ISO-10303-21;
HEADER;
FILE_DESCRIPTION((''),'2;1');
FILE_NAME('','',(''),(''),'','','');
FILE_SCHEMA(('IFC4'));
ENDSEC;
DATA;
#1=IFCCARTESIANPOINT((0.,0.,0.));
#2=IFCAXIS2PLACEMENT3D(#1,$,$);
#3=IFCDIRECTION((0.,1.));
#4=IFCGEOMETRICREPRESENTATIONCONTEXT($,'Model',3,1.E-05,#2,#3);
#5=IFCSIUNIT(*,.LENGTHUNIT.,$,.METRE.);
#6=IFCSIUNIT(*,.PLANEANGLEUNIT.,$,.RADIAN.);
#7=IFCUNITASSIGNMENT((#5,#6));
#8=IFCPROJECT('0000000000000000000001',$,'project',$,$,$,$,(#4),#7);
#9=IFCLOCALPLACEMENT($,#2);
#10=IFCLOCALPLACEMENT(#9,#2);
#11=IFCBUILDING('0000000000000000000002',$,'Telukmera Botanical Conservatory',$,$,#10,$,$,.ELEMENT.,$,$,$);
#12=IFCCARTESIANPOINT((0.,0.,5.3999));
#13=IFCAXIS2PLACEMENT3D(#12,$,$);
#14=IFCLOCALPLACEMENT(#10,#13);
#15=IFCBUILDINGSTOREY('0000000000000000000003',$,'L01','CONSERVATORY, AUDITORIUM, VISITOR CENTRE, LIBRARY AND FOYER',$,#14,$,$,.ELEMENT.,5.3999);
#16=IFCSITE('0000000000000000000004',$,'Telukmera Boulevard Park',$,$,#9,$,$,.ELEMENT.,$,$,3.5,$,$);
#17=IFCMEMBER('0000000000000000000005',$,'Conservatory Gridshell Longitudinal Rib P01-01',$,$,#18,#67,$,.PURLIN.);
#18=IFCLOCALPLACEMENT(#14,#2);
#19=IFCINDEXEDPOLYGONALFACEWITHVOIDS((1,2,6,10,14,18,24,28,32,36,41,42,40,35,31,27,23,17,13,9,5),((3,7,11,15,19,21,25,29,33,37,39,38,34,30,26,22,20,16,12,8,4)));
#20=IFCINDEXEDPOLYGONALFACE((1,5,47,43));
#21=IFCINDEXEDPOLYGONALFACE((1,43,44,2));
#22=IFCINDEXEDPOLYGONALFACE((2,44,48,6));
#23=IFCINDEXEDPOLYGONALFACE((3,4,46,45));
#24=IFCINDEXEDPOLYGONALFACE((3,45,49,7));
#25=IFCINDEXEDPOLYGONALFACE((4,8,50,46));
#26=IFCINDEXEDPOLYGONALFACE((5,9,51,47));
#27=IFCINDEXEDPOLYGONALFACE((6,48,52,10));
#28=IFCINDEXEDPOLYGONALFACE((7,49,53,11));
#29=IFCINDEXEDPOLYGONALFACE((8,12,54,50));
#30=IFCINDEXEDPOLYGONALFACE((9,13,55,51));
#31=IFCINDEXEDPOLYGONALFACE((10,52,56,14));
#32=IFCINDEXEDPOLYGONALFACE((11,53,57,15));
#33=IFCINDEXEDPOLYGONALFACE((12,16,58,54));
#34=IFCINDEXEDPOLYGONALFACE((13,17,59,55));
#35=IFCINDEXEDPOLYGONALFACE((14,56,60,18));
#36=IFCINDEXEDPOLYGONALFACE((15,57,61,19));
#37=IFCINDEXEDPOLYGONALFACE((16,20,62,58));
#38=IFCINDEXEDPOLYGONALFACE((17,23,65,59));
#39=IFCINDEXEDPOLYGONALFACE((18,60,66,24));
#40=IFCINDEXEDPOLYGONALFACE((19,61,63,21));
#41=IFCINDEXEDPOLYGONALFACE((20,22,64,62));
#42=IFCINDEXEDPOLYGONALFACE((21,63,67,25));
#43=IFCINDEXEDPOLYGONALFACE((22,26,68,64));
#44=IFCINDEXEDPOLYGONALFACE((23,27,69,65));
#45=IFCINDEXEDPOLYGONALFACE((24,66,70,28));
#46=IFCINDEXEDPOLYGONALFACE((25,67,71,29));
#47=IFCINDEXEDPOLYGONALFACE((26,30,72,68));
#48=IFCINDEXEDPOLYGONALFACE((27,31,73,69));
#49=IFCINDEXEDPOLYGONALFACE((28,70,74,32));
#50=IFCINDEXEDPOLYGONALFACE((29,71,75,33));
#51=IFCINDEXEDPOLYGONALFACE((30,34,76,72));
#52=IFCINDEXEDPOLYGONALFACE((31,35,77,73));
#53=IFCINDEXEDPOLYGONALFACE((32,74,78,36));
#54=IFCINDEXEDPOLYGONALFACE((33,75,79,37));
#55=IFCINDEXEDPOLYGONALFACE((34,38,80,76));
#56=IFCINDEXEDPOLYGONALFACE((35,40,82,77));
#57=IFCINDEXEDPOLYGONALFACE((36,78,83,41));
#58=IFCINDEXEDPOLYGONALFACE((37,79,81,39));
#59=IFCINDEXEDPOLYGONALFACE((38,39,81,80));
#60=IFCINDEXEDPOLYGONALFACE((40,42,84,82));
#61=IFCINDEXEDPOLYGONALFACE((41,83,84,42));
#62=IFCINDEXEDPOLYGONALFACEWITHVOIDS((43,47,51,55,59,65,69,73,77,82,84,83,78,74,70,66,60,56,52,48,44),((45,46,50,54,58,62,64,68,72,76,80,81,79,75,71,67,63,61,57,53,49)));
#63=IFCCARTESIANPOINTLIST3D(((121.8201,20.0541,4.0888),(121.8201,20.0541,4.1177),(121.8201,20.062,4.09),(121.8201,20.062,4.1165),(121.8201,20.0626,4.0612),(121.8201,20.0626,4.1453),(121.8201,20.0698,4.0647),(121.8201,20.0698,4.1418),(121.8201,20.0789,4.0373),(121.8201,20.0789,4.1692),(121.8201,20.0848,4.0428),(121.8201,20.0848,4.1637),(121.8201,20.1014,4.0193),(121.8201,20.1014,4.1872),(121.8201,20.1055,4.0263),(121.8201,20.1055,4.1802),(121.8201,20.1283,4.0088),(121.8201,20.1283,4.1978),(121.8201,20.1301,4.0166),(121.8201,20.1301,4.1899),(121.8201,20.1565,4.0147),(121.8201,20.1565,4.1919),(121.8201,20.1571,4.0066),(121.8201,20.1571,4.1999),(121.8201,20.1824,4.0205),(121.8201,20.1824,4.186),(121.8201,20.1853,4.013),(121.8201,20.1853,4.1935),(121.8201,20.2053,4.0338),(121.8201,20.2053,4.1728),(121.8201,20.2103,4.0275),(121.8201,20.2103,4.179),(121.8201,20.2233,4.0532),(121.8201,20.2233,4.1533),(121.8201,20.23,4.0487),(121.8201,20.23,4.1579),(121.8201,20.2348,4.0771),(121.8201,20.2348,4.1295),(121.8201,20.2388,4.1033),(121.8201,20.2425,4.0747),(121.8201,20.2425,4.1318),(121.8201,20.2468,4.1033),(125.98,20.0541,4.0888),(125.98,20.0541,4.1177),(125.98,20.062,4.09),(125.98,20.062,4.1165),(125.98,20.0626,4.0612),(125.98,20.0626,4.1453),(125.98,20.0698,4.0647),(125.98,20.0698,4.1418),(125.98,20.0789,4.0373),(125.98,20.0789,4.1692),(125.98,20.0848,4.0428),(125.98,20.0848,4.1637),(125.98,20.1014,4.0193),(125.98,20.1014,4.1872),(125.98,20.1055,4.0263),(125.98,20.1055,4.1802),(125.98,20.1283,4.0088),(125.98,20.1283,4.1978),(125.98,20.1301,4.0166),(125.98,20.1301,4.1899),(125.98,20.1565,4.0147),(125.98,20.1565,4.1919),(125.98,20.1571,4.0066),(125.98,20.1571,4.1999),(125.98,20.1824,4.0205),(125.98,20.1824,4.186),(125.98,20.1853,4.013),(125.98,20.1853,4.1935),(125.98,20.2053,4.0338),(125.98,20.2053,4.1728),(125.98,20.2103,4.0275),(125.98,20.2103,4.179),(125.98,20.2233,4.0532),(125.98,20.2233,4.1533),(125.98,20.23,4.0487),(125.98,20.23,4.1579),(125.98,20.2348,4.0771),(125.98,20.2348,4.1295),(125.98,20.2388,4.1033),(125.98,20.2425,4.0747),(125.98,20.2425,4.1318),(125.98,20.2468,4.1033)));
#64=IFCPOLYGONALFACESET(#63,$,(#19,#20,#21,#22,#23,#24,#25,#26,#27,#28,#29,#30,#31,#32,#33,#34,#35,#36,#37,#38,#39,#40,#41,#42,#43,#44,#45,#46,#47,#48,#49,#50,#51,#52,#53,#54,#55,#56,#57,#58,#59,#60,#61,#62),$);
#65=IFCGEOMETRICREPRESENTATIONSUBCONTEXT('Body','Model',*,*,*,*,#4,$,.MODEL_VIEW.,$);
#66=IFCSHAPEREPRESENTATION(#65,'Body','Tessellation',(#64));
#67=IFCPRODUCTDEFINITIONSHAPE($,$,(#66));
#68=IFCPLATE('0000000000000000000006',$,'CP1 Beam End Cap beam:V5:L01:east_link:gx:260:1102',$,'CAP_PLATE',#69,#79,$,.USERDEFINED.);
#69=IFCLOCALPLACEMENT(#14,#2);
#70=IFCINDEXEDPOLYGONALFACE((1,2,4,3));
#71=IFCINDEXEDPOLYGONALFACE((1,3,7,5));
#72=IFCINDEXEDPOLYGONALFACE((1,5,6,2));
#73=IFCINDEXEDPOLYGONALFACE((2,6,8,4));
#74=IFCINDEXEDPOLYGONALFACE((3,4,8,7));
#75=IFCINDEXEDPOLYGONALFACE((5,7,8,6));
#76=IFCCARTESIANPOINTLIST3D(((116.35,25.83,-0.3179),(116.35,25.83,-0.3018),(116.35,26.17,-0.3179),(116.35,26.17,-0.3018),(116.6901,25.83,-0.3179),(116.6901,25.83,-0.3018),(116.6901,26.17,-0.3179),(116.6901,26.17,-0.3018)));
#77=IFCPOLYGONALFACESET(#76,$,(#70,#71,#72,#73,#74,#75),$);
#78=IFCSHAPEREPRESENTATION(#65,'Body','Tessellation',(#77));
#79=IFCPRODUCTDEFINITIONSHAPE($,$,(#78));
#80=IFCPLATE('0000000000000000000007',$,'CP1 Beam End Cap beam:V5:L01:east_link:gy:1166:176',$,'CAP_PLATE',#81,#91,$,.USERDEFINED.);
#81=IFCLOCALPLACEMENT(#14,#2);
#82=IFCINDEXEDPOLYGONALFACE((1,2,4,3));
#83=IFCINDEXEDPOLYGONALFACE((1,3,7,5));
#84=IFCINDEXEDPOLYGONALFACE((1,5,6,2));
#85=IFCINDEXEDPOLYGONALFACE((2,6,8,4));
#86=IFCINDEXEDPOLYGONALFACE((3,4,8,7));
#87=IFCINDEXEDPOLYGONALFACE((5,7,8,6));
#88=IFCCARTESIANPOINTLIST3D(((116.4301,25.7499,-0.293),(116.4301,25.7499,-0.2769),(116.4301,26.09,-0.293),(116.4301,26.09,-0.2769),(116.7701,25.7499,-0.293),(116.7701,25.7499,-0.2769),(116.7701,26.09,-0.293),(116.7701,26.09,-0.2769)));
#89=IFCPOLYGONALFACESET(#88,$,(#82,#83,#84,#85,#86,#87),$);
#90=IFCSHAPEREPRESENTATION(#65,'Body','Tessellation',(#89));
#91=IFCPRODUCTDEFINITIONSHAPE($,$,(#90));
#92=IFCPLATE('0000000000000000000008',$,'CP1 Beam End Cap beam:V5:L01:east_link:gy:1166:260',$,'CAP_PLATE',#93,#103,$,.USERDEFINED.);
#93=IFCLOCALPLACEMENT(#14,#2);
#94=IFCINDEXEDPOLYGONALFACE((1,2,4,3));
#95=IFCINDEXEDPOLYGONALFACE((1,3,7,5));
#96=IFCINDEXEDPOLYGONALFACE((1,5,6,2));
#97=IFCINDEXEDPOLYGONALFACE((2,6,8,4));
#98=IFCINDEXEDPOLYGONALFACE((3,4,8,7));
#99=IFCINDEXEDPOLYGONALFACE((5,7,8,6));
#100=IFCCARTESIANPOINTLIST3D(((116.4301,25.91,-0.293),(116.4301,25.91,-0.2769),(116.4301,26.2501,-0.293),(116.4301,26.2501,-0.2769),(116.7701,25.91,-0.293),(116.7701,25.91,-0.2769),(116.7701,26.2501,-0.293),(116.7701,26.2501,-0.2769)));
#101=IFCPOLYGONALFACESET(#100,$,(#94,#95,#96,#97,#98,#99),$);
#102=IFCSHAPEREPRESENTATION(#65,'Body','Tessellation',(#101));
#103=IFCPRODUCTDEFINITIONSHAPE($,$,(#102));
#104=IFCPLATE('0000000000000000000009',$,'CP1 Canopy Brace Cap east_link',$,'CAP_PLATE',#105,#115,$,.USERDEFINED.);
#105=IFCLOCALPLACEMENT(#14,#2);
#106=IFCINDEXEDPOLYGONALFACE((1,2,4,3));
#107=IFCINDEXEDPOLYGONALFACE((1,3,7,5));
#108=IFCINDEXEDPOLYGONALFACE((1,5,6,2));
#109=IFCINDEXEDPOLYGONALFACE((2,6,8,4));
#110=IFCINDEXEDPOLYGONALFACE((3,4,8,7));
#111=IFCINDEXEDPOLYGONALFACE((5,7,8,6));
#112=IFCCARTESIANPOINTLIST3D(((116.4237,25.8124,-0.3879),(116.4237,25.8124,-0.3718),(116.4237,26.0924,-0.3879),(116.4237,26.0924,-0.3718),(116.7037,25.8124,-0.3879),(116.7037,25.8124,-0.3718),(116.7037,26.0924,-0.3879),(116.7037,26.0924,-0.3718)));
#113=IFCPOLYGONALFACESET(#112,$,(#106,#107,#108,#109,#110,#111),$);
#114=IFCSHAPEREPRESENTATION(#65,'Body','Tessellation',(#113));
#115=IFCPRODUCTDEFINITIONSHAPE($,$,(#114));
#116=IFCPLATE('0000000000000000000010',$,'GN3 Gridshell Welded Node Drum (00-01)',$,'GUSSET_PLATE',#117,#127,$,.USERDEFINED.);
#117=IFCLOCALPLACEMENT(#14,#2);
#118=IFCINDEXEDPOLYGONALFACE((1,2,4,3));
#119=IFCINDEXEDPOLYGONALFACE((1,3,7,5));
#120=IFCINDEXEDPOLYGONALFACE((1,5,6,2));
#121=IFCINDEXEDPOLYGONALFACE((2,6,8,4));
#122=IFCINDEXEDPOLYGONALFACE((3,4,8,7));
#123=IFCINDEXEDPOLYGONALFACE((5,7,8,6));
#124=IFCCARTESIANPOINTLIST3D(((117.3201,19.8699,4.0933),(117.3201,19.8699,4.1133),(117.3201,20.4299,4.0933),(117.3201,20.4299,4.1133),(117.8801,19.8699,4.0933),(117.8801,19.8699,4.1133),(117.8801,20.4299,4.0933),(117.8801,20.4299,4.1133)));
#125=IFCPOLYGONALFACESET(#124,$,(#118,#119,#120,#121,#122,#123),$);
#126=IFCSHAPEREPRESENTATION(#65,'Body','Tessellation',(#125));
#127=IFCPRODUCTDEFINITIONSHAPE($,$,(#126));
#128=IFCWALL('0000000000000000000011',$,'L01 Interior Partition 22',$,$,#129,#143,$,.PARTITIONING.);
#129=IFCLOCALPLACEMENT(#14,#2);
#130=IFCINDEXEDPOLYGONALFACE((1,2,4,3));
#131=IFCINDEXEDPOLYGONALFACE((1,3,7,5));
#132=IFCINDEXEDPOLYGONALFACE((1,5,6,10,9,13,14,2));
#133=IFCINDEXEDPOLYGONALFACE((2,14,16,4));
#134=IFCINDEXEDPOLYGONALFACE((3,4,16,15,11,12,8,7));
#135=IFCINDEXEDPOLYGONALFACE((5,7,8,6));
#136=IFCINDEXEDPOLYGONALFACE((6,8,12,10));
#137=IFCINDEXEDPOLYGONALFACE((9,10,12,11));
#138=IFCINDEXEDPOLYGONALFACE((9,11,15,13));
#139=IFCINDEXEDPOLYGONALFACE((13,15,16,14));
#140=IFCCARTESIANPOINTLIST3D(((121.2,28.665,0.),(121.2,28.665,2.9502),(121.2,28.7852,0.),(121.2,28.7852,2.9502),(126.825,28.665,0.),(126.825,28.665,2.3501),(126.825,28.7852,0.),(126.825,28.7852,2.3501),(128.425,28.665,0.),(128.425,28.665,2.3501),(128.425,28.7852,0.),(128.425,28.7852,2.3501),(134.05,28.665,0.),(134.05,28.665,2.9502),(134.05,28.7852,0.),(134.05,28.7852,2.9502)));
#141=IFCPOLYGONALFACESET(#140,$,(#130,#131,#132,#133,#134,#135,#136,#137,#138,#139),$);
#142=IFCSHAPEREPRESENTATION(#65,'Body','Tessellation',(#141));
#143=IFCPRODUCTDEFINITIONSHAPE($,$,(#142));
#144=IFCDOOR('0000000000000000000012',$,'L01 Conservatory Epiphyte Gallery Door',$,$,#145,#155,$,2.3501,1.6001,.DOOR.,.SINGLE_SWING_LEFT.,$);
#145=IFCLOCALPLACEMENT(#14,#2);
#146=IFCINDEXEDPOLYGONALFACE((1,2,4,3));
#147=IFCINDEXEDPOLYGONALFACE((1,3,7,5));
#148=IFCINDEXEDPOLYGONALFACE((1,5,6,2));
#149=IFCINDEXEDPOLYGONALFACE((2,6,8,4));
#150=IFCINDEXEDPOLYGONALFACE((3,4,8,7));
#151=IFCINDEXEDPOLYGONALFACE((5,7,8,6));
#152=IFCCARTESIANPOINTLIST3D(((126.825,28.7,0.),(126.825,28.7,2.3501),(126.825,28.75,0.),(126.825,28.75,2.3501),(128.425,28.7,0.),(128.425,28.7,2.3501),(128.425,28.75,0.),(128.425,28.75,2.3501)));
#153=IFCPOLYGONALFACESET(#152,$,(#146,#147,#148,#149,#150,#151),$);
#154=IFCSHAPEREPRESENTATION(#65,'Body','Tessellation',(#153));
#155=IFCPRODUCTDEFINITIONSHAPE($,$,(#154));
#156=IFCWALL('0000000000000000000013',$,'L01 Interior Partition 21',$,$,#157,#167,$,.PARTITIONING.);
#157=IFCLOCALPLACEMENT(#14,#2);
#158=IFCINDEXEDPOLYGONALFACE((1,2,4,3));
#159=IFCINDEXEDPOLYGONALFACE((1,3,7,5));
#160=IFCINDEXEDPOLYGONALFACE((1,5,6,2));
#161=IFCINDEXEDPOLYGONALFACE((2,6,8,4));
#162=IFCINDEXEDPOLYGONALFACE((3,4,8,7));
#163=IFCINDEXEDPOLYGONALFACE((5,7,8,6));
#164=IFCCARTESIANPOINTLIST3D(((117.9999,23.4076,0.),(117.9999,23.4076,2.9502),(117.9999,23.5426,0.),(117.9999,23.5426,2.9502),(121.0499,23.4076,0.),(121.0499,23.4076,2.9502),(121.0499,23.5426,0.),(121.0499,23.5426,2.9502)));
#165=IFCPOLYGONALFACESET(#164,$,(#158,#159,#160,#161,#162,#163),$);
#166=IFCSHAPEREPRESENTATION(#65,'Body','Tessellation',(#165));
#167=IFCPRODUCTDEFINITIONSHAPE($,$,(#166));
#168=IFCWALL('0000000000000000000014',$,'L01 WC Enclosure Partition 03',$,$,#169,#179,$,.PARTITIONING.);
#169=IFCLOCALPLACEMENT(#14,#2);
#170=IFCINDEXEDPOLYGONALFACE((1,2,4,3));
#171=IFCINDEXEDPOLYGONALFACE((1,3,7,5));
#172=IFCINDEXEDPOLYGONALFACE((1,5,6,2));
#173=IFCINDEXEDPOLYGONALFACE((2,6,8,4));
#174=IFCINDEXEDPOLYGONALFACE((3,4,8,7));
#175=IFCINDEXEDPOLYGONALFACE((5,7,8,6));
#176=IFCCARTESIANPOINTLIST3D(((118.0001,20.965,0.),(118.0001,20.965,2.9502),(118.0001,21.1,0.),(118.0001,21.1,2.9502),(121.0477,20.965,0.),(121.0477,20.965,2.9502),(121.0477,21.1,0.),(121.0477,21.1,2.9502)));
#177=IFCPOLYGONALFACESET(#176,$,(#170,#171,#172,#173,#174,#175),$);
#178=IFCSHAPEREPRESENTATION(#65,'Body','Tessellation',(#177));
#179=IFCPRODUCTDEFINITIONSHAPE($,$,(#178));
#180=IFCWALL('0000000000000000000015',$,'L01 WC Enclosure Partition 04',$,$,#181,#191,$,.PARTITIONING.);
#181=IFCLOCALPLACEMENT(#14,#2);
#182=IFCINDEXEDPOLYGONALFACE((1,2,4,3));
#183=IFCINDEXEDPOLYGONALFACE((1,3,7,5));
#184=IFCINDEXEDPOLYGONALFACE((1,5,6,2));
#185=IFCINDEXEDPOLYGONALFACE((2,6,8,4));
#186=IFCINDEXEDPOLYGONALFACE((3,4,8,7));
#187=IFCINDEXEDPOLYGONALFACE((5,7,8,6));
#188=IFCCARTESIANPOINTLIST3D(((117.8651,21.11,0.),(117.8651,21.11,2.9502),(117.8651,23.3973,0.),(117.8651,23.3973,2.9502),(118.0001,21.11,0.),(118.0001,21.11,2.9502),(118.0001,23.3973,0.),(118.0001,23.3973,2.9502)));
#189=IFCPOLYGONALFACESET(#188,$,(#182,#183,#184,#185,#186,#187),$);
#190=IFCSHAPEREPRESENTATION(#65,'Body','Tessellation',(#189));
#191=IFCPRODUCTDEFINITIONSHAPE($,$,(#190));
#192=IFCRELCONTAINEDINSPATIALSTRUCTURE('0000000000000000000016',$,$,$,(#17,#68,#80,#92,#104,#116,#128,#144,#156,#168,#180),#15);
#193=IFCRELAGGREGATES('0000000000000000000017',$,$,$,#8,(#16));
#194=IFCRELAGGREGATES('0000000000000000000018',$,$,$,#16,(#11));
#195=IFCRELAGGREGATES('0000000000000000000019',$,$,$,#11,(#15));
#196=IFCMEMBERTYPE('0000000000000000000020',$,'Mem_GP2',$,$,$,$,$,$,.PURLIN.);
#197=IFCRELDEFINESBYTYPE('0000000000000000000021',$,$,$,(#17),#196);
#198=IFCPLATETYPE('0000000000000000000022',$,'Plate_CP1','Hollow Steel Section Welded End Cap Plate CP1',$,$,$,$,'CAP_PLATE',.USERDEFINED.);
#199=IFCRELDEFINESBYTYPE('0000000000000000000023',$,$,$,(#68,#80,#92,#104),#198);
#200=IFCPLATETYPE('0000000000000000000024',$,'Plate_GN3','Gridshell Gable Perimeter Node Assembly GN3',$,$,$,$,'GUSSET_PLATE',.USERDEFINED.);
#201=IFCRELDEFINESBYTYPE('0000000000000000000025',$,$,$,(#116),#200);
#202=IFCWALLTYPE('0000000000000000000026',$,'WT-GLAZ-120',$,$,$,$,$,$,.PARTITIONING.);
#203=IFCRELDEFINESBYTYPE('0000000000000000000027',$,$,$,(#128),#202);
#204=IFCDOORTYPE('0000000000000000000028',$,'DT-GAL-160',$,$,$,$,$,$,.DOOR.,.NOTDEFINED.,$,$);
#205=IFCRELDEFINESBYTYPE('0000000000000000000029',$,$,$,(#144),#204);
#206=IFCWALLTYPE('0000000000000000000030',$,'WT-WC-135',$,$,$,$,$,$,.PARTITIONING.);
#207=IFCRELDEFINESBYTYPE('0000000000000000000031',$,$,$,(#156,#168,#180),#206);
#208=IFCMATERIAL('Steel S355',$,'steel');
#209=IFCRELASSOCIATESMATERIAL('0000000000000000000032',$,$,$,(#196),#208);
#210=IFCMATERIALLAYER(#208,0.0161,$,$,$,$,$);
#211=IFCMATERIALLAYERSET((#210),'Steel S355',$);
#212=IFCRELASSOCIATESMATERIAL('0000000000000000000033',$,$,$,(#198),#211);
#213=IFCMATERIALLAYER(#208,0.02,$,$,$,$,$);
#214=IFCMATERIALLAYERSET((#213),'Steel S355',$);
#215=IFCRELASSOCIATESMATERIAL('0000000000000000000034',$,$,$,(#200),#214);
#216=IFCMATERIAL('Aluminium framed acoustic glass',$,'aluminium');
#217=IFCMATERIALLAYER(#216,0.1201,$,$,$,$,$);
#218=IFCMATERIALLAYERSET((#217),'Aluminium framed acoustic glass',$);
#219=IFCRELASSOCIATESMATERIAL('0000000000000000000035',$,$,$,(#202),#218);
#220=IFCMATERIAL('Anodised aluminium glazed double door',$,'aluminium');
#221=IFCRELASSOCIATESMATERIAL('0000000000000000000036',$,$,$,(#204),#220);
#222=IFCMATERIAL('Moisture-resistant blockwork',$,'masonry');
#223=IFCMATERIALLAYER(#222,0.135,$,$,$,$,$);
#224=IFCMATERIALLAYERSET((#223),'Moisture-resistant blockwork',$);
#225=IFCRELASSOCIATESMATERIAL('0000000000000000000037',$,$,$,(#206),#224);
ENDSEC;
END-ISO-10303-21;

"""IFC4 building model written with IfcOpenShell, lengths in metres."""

from ifc_helpers import new_model, si_unit, direction, frame, frame_2d, origin, origin_2d, place, context, subcontext, project, spatial, rectangle, hollow_circle, extrude, material, layer, layer_set, material_profile, profile_set, type_object, element, fill, save


model = new_model("IFC4")

# Units and contexts
model_context = context("Model", 3, precision=1e-05, world=origin(), true_north=direction((0.0, 1.0)))
body_context = subcontext(model_context, "Body", "Model", "MODEL_VIEW")
ifc_project = project(units=[si_unit("LENGTHUNIT", "METRE"), si_unit("PLANEANGLEUNIT", "RADIAN")], contexts=[model_context])

# Site, building, storey
site_placement = place(None, origin())
site = spatial("IfcSite", under=ifc_project, at=site_placement, Name="Telukmera Boulevard Park", CompositionType="ELEMENT", RefElevation=3.5)
building_placement = place(site_placement, origin())
building = spatial("IfcBuilding", under=site, at=building_placement, Name="Telukmera Botanical Conservatory", CompositionType="ELEMENT")
storey_placement = place(building_placement, frame((0.0, 0.0, 5.3999)))
storey = spatial("IfcBuildingStorey", under=building, at=storey_placement, Name="L01", Description="CONSERVATORY, AUDITORIUM, VISITOR CENTRE, LIBRARY AND FOYER", CompositionType="ELEMENT", Elevation=5.3999)

# Shared definitions
ifc_material_1 = material(Name="Steel S355", Category="steel")

# Member
ifc_material_profile_1 = material_profile(ifc_material_1, hollow_circle(Radius=0.0969, WallThickness=0.0081, at=origin_2d()), Name="CHS 193.7x8.0")
ifc_profile_set_1 = profile_set([ifc_material_profile_1], Name="Steel S355")
member_type = type_object("IfcMemberType", Name="Mem_GP2", PredefinedType="PURLIN", material=ifc_profile_set_1)
for number, where, z_axis, x_axis, name in (
    (1, (121.8201, 20.1499, 4.1033), (1.0, 0.0, 0.0), (0.0, 1.0, 0.0), "Conservatory Gridshell Longitudinal Rib P01-01"),
):
    element("IfcMember", number, at=place(storey_placement, frame(where, z_axis=z_axis, x_axis=x_axis)), inside=storey, type_object=member_type, Name=name, PredefinedType="PURLIN", context=body_context, shape_type="SweptSolid", body=[
        extrude(hollow_circle(Radius=0.0969, WallThickness=0.0081, at=origin_2d()), origin(), (0.0, 0.0, 1.0), 4.1599),
    ])

# Plates
ifc_layer_1 = layer(ifc_material_1, 0.0161)
ifc_layer_set_1 = layer_set([ifc_layer_1], Name="Steel S355")
plate_type_1 = type_object("IfcPlateType", Name="Plate_CP1", Description="Hollow Steel Section Welded End Cap Plate CP1", ElementType="CAP_PLATE", PredefinedType="USERDEFINED", material=ifc_layer_set_1)
for number, where, z_axis, x_axis, name in (
    (2, (116.52, 26.0, -0.3179), (0.0, 0.0, 1.0), (1.0, 0.0, 0.0), "CP1 Beam End Cap beam:V5:L01:east_link:gx:260:1102"),
    (3, (116.6001, 25.9199, -0.293), (0.0, 0.0, 1.0), (1.0, 0.0, 0.0), "CP1 Beam End Cap beam:V5:L01:east_link:gy:1166:176"),
    (4, (116.6001, 26.0801, -0.293), (0.0, 0.0, 1.0), (1.0, 0.0, 0.0), "CP1 Beam End Cap beam:V5:L01:east_link:gy:1166:260"),
):
    element("IfcPlate", number, at=place(storey_placement, frame(where, z_axis=z_axis, x_axis=x_axis)), inside=storey, type_object=plate_type_1, Name=name, ObjectType="CAP_PLATE", PredefinedType="USERDEFINED", context=body_context, shape_type="SweptSolid", body=[
        extrude(rectangle(XDim=0.3401, YDim=0.3401, at=origin_2d()), origin(), (0.0, 0.0, 1.0), 0.0161),
    ])
plate_1_placement = place(storey_placement, frame((116.5637, 25.9524, -0.3879), z_axis=(0.0, 0.0, 1.0), x_axis=(1.0, 0.0, 0.0)))
element("IfcPlate", 5, at=plate_1_placement, inside=storey, type_object=plate_type_1, Name="CP1 Canopy Brace Cap east_link", ObjectType="CAP_PLATE", PredefinedType="USERDEFINED", context=body_context, shape_type="SweptSolid", body=[
    extrude(rectangle(XDim=0.28, YDim=0.28, at=origin_2d()), origin(), (0.0, 0.0, 1.0), 0.0161),
])
ifc_layer_2 = layer(ifc_material_1, 0.02)
ifc_layer_set_2 = layer_set([ifc_layer_2], Name="Steel S355")
plate_type_2 = type_object("IfcPlateType", Name="Plate_GN3", Description="Gridshell Gable Perimeter Node Assembly GN3", ElementType="GUSSET_PLATE", PredefinedType="USERDEFINED", material=ifc_layer_set_2)
plate_2_placement = place(storey_placement, frame((117.6001, 20.1499, 4.0933), z_axis=(0.0, 0.0, 1.0), x_axis=(1.0, 0.0, 0.0)))
element("IfcPlate", 6, at=plate_2_placement, inside=storey, type_object=plate_type_2, Name="GN3 Gridshell Welded Node Drum (00-01)", ObjectType="GUSSET_PLATE", PredefinedType="USERDEFINED", context=body_context, shape_type="SweptSolid", body=[
    extrude(rectangle(XDim=0.5601, YDim=0.5601, at=origin_2d()), origin(), (0.0, 0.0, 1.0), 0.02),
])

# Wall, opening, door
ifc_material_2 = material(Name="Aluminium framed acoustic glass", Category="aluminium")
ifc_layer_3 = layer(ifc_material_2, 0.1201)
ifc_layer_set_3 = layer_set([ifc_layer_3], Name="Aluminium framed acoustic glass")
wall_type_1 = type_object("IfcWallType", Name="WT-GLAZ-120", PredefinedType="PARTITIONING", material=ifc_layer_set_3)
wall_1_placement = place(storey_placement, frame((121.2, 28.7251, 0.0), z_axis=(0.0, 0.0, 1.0), x_axis=(1.0, 0.0, 0.0)))
wall_1 = element("IfcWall", 7, at=wall_1_placement, inside=storey, type_object=wall_type_1, Name="L01 Interior Partition 22", PredefinedType="PARTITIONING", context=body_context, shape_type="SweptSolid", body=[
    extrude(rectangle(XDim=12.8501, YDim=0.1201, at=frame_2d((6.425, 0.0))), origin(), (0.0, 0.0, 1.0), 2.9502),
])
opening_1_placement = place(wall_1_placement, frame((5.625, 0.0, 0.0)))
opening_1 = element("IfcOpeningElement", 8, at=opening_1_placement, cuts=wall_1, PredefinedType="OPENING", context=body_context, shape_type="SweptSolid", body=[
    extrude(rectangle(XDim=1.6001, YDim=2.3501, at=frame_2d((0.8, 1.175))), frame((0.0, 0.0701, 0.0), z_axis=(0.0, -1.0, 0.0), x_axis=(1.0, 0.0, 0.0)), (0.0, 0.0, 1.0), 0.1401),
])
ifc_material_3 = material(Name="Anodised aluminium glazed double door", Category="aluminium")
door_type_1 = type_object("IfcDoorType", Name="DT-GAL-160", OperationType="NOTDEFINED", PredefinedType="DOOR", material=ifc_material_3)
door_1_placement = place(opening_1_placement, origin())
door_1 = element("IfcDoor", 9, at=door_1_placement, inside=storey, type_object=door_type_1, Name="L01 Conservatory Epiphyte Gallery Door", OperationType="SINGLE_SWING_LEFT", OverallHeight=2.3501, OverallWidth=1.6001, PredefinedType="DOOR", context=body_context, shape_type="SweptSolid", body=[
    extrude(rectangle(XDim=1.6001, YDim=2.3501, at=frame_2d((0.8, 1.175))), frame((0.0, 0.0249, 0.0), z_axis=(0.0, -1.0, 0.0), x_axis=(1.0, 0.0, 0.0)), (0.0, 0.0, 1.0), 0.05),
])
fill(opening_1, door_1)
ifc_material_4 = material(Name="Moisture-resistant blockwork", Category="masonry")
ifc_layer_4 = layer(ifc_material_4, 0.135)
ifc_layer_set_4 = layer_set([ifc_layer_4], Name="Moisture-resistant blockwork")
wall_type_2 = type_object("IfcWallType", Name="WT-WC-135", PredefinedType="PARTITIONING", material=ifc_layer_set_4)

# Walls
wall_2_placement = place(storey_placement, frame((118.0, 23.4751, 0.0), z_axis=(0.0, 0.0, 1.0), x_axis=(1.0, 0.0, 0.0)))
element("IfcWall", 10, at=wall_2_placement, inside=storey, type_object=wall_type_2, Name="L01 Interior Partition 21", PredefinedType="PARTITIONING", context=body_context, shape_type="SweptSolid", body=[
    extrude(rectangle(XDim=3.05, YDim=0.135, at=frame_2d((1.5249, 0.0))), origin(), (0.0, 0.0, 1.0), 2.9502),
])
wall_3_placement = place(storey_placement, frame((118.0, 21.0325, 0.0), z_axis=(0.0, 0.0, 1.0), x_axis=(1.0, 0.0, 0.0)))
element("IfcWall", 11, at=wall_3_placement, inside=storey, type_object=wall_type_2, Name="L01 WC Enclosure Partition 03", PredefinedType="PARTITIONING", context=body_context, shape_type="SweptSolid", body=[
    extrude(rectangle(XDim=3.0476, YDim=0.135, at=frame_2d((1.5239, 0.0))), origin(), (0.0, 0.0, 1.0), 2.9502),
])
wall_4_placement = place(storey_placement, frame((117.9326, 21.1101, 0.0), z_axis=(0.0, 0.0, 1.0), x_axis=(0.0, 1.0, 0.0)))
element("IfcWall", 12, at=wall_4_placement, inside=storey, type_object=wall_type_2, Name="L01 WC Enclosure Partition 04", PredefinedType="PARTITIONING", context=body_context, shape_type="SweptSolid", body=[
    extrude(rectangle(XDim=2.2874, YDim=0.135, at=frame_2d((1.1436, 0.0))), origin(), (0.0, 0.0, 1.0), 2.9502),
])

save(model, "model.ifc")
